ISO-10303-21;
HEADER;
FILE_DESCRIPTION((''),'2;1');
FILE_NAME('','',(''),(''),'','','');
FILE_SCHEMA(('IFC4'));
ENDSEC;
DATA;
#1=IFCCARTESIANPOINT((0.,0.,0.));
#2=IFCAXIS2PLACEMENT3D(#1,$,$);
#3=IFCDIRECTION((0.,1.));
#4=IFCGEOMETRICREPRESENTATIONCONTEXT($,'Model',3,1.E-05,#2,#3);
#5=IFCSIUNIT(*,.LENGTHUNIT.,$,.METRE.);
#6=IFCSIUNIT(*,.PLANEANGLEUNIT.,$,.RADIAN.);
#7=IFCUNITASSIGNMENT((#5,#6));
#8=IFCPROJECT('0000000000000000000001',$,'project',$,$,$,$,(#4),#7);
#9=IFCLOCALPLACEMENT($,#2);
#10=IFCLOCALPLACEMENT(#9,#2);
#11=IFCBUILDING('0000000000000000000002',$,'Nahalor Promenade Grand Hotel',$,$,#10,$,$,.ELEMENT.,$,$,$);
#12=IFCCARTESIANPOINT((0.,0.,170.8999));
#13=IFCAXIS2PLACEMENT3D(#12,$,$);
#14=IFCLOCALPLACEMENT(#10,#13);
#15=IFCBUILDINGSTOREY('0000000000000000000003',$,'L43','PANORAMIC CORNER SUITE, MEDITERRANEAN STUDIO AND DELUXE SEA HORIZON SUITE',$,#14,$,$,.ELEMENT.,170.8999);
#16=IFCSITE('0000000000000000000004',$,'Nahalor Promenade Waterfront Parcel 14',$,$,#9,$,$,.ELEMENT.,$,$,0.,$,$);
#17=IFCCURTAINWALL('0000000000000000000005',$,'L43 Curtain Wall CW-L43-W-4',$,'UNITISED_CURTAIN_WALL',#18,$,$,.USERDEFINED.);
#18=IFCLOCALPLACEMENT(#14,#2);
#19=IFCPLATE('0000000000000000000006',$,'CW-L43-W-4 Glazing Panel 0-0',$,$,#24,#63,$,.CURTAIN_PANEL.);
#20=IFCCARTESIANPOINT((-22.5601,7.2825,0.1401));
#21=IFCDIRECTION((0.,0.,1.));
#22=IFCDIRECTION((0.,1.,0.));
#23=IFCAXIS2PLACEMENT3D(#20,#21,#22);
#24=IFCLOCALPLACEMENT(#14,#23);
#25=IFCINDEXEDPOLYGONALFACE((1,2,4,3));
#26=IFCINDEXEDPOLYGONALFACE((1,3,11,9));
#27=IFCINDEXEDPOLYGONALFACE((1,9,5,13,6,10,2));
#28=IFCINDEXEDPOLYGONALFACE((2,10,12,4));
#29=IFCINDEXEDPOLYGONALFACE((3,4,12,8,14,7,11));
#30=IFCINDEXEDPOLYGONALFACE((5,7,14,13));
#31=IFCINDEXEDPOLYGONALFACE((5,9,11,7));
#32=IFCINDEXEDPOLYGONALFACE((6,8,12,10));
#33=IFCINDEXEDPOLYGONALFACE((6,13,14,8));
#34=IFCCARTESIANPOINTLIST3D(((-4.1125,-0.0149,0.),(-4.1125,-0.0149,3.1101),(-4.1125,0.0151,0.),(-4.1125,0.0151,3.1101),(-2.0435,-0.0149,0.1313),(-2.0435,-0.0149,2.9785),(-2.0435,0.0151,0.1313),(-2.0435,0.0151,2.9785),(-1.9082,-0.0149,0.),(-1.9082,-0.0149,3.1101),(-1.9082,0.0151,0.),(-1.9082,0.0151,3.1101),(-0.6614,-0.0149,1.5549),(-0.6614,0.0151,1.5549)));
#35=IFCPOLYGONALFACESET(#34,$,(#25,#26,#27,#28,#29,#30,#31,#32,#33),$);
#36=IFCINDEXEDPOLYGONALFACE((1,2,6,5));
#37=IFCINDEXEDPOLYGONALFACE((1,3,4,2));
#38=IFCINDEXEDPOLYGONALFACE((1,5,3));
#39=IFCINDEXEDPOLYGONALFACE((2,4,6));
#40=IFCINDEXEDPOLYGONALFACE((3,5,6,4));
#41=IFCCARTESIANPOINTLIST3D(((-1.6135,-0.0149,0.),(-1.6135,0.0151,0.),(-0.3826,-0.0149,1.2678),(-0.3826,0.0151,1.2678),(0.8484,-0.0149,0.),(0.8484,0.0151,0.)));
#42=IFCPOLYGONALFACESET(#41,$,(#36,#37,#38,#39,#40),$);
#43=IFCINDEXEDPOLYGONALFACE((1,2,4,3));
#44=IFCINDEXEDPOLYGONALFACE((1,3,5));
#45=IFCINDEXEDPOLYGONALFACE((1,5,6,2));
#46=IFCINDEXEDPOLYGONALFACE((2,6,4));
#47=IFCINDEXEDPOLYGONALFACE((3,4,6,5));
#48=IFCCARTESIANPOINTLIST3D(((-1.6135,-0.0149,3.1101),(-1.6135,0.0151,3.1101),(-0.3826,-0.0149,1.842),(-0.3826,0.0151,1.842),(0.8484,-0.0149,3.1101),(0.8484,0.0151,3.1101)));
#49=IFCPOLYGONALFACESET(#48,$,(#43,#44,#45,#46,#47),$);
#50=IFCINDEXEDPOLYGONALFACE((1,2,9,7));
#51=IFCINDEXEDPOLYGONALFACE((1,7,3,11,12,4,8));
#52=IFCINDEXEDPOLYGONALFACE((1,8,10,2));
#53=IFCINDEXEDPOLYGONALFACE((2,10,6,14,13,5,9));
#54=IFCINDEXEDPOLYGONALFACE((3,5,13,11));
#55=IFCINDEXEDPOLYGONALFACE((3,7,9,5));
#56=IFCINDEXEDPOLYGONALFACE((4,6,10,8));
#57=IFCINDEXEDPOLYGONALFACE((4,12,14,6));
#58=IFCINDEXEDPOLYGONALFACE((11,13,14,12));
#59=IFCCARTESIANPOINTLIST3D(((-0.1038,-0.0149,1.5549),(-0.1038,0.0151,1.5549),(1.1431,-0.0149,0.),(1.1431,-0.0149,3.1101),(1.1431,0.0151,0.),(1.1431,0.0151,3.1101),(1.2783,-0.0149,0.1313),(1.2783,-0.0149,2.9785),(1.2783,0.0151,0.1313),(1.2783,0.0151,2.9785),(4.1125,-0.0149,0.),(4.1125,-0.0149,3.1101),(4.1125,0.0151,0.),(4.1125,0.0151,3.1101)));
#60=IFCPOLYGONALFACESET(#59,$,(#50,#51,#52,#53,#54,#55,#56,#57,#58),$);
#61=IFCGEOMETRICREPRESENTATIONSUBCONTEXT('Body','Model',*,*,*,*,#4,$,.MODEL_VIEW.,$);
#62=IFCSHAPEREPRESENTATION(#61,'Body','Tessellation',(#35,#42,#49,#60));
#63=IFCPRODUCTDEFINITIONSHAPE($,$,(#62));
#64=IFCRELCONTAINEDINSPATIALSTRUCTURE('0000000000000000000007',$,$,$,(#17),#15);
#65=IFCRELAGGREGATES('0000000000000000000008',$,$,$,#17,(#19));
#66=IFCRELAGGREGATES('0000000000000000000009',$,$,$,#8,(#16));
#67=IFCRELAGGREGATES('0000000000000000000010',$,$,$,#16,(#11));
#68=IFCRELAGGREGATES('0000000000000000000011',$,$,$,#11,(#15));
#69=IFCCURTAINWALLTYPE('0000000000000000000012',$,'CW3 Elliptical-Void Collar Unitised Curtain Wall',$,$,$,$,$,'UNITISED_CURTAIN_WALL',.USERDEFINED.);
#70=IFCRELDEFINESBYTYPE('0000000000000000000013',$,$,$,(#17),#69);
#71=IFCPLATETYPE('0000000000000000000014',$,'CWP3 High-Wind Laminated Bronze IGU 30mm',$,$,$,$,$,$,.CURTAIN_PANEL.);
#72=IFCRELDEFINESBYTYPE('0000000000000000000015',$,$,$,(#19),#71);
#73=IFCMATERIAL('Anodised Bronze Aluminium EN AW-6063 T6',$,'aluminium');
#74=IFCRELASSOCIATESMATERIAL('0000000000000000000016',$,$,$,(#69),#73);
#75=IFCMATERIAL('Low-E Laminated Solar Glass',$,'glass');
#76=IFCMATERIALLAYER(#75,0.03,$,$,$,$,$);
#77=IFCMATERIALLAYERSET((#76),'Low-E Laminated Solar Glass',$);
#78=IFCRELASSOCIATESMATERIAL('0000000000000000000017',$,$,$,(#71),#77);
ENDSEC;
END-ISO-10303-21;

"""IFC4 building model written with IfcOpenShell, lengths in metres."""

from ifc_helpers import new_model, si_unit, direction, frame, origin, place, context, subcontext, project, spatial, polyline, outline, extrude, material, layer, layer_set, type_object, element, aggregate, save


model = new_model("IFC4")

# Units and contexts
model_context = context("Model", 3, precision=1e-05, world=origin(), true_north=direction((0.0, 1.0)))
body_context = subcontext(model_context, "Body", "Model", "MODEL_VIEW")
ifc_project = project(units=[si_unit("LENGTHUNIT", "METRE"), si_unit("PLANEANGLEUNIT", "RADIAN")], contexts=[model_context])

# Site, building, storey
site_placement = place(None, origin())
site = spatial("IfcSite", under=ifc_project, at=site_placement, Name="Nahalor Promenade Waterfront Parcel 14", CompositionType="ELEMENT", RefElevation=0.0)
building_placement = place(site_placement, origin())
building = spatial("IfcBuilding", under=site, at=building_placement, Name="Nahalor Promenade Grand Hotel", CompositionType="ELEMENT")
storey_placement = place(building_placement, frame((0.0, 0.0, 170.8999)))
storey = spatial("IfcBuildingStorey", under=building, at=storey_placement, Name="L43", Description="PANORAMIC CORNER SUITE, MEDITERRANEAN STUDIO AND DELUXE SEA HORIZON SUITE", CompositionType="ELEMENT", Elevation=170.8999)

# Curtain wall
ifc_material_1 = material(Name="Anodised Bronze Aluminium EN AW-6063 T6", Category="aluminium")
curtain_wall_type = type_object("IfcCurtainWallType", Name="CW3 Elliptical-Void Collar Unitised Curtain Wall", ElementType="UNITISED_CURTAIN_WALL", PredefinedType="USERDEFINED", material=ifc_material_1)
curtain_wall_1_placement = place(storey_placement, origin())
curtain_wall_1 = element("IfcCurtainWall", 1, at=curtain_wall_1_placement, inside=storey, type_object=curtain_wall_type, Name="L43 Curtain Wall CW-L43-W-4", ObjectType="UNITISED_CURTAIN_WALL", PredefinedType="USERDEFINED")

# Plate
ifc_material_2 = material(Name="Low-E Laminated Solar Glass", Category="glass")
ifc_layer_1 = layer(ifc_material_2, 0.03)
ifc_layer_set_1 = layer_set([ifc_layer_1], Name="Low-E Laminated Solar Glass")
plate_type_1 = type_object("IfcPlateType", Name="CWP3 High-Wind Laminated Bronze IGU 30mm", PredefinedType="CURTAIN_PANEL", material=ifc_layer_set_1)
plate_1_placement = place(storey_placement, frame((-22.5601, 7.2825, 0.1401), z_axis=(0.0, 0.0, 1.0), x_axis=(0.0, 1.0, 0.0)))
plate_1 = element("IfcPlate", 2, at=plate_1_placement, type_object=plate_type_1, Name="CW-L43-W-4 Glazing Panel 0-0", PredefinedType="CURTAIN_PANEL", context=body_context, shape_type="SweptSolid", body=[
    extrude(outline(polyline([(-4.1125, 3.1101), (-4.1125, 0.0), (-1.9082, 0.0), (-2.0435, 0.1313), (-0.6614, 1.5549), (-2.0435, 2.9785), (-1.9082, 3.1101), (-4.1125, 3.1101)])), frame((0.0, 0.0151, 0.0), z_axis=(0.0, -1.0, 0.0), x_axis=(1.0, 0.0, 0.0)), (0.0, 0.0, 1.0), 0.03),
    extrude(outline(polyline([(-0.3826, 1.2678), (-1.6135, 0.0), (0.8484, 0.0), (-0.3826, 1.2678)])), frame((0.0, 0.0151, 0.0), z_axis=(0.0, -1.0, 0.0), x_axis=(1.0, 0.0, 0.0)), (0.0, 0.0, 1.0), 0.03),
    extrude(outline(polyline([(-0.3826, 1.842), (0.8484, 3.1101), (-1.6135, 3.1101), (-0.3826, 1.842)])), frame((0.0, 0.0151, 0.0), z_axis=(0.0, -1.0, 0.0), x_axis=(1.0, 0.0, 0.0)), (0.0, 0.0, 1.0), 0.03),
    extrude(outline(polyline([(4.1125, 0.0), (4.1125, 3.1101), (1.1431, 3.1101), (1.2783, 2.9785), (-0.1038, 1.5549), (1.2783, 0.1313), (1.1431, 0.0), (4.1125, 0.0)])), frame((0.0, 0.0151, 0.0), z_axis=(0.0, -1.0, 0.0), x_axis=(1.0, 0.0, 0.0)), (0.0, 0.0, 1.0), 0.03),
])
aggregate(curtain_wall_1, [plate_1])

save(model, "model.ifc")
